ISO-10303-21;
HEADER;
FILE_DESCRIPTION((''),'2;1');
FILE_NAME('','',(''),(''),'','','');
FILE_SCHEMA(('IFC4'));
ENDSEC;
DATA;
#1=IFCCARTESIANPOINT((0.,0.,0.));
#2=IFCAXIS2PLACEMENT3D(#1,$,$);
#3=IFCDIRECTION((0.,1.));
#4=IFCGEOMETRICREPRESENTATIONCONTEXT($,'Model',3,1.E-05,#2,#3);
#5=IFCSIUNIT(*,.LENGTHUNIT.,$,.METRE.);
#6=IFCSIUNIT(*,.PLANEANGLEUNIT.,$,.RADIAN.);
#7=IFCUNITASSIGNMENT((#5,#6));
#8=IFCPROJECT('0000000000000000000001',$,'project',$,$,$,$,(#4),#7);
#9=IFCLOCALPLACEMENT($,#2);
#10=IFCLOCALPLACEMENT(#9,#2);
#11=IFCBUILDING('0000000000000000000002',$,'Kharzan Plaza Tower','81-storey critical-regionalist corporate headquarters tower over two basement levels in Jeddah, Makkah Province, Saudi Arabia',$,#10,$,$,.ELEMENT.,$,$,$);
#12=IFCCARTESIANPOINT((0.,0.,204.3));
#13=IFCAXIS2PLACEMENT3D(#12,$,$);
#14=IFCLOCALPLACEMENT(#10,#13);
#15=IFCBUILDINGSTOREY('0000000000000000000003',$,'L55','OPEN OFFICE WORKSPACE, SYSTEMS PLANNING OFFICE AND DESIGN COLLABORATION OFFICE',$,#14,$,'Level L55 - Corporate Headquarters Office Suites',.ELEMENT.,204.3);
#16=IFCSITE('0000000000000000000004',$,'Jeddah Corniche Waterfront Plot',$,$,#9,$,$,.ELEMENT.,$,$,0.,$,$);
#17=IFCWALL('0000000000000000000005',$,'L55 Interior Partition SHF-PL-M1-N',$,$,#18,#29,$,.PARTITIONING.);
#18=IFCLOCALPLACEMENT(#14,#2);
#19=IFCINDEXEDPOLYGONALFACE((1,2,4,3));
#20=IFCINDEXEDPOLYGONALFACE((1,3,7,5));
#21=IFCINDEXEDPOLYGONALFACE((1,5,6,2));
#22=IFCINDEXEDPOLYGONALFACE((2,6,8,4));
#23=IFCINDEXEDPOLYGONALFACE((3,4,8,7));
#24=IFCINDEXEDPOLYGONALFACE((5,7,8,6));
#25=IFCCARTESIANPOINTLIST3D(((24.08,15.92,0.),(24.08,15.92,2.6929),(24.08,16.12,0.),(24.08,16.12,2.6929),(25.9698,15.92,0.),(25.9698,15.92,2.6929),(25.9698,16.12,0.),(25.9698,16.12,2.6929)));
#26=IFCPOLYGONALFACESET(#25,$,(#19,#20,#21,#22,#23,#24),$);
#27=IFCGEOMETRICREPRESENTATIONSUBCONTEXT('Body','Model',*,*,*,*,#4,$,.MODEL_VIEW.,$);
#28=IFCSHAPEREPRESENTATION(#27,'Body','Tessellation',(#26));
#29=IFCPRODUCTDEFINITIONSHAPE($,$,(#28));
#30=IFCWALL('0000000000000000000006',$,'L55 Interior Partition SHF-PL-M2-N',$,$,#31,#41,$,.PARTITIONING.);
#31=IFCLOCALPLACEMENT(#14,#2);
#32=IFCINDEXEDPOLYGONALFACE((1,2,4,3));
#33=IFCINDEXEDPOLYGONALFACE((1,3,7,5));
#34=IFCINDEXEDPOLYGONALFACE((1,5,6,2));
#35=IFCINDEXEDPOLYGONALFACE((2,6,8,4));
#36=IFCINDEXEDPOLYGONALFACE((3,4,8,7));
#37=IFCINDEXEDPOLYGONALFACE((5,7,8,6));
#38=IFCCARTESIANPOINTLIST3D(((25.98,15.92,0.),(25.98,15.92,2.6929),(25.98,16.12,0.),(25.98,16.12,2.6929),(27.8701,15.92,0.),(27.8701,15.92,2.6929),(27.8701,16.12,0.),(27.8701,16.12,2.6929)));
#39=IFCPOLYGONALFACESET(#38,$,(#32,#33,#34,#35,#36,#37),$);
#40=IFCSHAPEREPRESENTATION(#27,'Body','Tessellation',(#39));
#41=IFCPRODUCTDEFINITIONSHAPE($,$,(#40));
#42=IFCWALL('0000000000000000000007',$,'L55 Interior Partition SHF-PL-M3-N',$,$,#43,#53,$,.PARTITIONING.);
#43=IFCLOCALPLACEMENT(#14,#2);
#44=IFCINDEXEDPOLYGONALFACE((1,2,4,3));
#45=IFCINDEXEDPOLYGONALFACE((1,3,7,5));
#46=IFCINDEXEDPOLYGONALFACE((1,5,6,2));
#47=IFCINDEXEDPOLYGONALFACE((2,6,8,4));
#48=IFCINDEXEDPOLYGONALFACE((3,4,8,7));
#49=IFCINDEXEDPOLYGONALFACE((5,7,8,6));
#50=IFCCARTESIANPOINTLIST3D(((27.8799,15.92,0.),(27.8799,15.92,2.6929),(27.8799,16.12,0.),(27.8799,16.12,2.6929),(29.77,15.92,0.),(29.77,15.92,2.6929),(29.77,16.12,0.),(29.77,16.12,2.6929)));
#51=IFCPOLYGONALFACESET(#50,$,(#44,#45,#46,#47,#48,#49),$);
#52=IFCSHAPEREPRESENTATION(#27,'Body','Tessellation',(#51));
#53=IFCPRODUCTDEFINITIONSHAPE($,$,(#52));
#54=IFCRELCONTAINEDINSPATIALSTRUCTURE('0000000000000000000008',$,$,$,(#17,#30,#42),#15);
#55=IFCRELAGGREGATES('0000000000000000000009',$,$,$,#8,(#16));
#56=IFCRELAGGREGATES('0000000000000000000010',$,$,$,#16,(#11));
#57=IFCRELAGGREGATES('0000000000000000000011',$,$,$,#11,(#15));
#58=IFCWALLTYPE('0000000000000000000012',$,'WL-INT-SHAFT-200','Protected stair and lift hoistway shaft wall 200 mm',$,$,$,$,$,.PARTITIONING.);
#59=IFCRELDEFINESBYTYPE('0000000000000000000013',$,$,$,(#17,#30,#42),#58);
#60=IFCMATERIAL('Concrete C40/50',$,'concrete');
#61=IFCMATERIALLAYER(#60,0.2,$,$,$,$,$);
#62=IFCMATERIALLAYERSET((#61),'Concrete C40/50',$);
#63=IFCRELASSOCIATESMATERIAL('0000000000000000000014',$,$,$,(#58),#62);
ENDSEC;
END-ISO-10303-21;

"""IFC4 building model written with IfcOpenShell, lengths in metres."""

from ifc_helpers import new_model, si_unit, direction, frame, frame_2d, origin, place, context, subcontext, project, spatial, rectangle, extrude, source, transform, mapped, material, layer, layer_set, type_object, element, save


model = new_model("IFC4")

# Units and contexts
model_context = context("Model", 3, precision=1e-05, world=origin(), true_north=direction((0.0, 1.0)))
body_context = subcontext(model_context, "Body", "Model", "MODEL_VIEW")
ifc_project = project(units=[si_unit("LENGTHUNIT", "METRE"), si_unit("PLANEANGLEUNIT", "RADIAN")], contexts=[model_context])

# Site, building, storey
site_placement = place(None, origin())
site = spatial("IfcSite", under=ifc_project, at=site_placement, Name="Jeddah Corniche Waterfront Plot", CompositionType="ELEMENT", RefElevation=0.0)
building_placement = place(site_placement, origin())
building = spatial("IfcBuilding", under=site, at=building_placement, Name="Kharzan Plaza Tower", Description="81-storey critical-regionalist corporate headquarters tower over two basement levels in Jeddah, Makkah Province, Saudi Arabia", CompositionType="ELEMENT")
storey_placement = place(building_placement, frame((0.0, 0.0, 204.3)))
storey = spatial("IfcBuildingStorey", under=building, at=storey_placement, Name="L55", Description="OPEN OFFICE WORKSPACE, SYSTEMS PLANNING OFFICE AND DESIGN COLLABORATION OFFICE", LongName="Level L55 - Corporate Headquarters Office Suites", CompositionType="ELEMENT", Elevation=204.3)

# Shared definitions
ifc_material_1 = material(Name="Concrete C40/50", Category="concrete")

# Walls
ifc_layer_1 = layer(ifc_material_1, 0.2)
ifc_layer_set_1 = layer_set([ifc_layer_1], Name="Concrete C40/50")
wall_type_1 = type_object("IfcWallType", Name="WL-INT-SHAFT-200", Description="Protected stair and lift hoistway shaft wall 200 mm", PredefinedType="PARTITIONING", material=ifc_layer_set_1)
shared_shape_1 = source(origin(), body_context, "Body", "SweptSolid", [
    extrude(rectangle(XDim=1.8899, YDim=0.2, at=frame_2d((0.9448, 0.0))), origin(), (0.0, 0.0, 1.0), 2.6929),
])
wall_1_placement = place(storey_placement, frame((24.0801, 16.02, 0.0), z_axis=(0.0, 0.0, 1.0), x_axis=(1.0, 0.0, 0.0)))
element("IfcWall", 1, at=wall_1_placement, inside=storey, type_object=wall_type_1, Name="L55 Interior Partition SHF-PL-M1-N", PredefinedType="PARTITIONING", context=body_context, shape_type="MappedRepresentation", body=[
    mapped(shared_shape_1, transform((0.0, 0.0, 0.0), x_axis=(1.0, 0.0, 0.0), y_axis=(0.0, 1.0, 0.0), z_axis=(0.0, 0.0, 1.0))),
])
shared_shape_2 = source(origin(), body_context, "Body", "SweptSolid", [
    extrude(rectangle(XDim=1.8901, YDim=0.2, at=frame_2d((0.9451, 0.0))), origin(), (0.0, 0.0, 1.0), 2.6929),
])
for number, where, z_axis, x_axis, name in (
    (2, (25.98, 16.02, 0.0), (0.0, 0.0, 1.0), (1.0, 0.0, 0.0), "L55 Interior Partition SHF-PL-M2-N"),
    (3, (27.8799, 16.02, 0.0), (0.0, 0.0, 1.0), (1.0, 0.0, 0.0), "L55 Interior Partition SHF-PL-M3-N"),
):
    element("IfcWall", number, at=place(storey_placement, frame(where, z_axis=z_axis, x_axis=x_axis)), inside=storey, type_object=wall_type_1, Name=name, PredefinedType="PARTITIONING", context=body_context, shape_type="MappedRepresentation", body=[
        mapped(shared_shape_2, transform((0.0, 0.0, 0.0), x_axis=(1.0, 0.0, 0.0), y_axis=(0.0, 1.0, 0.0), z_axis=(0.0, 0.0, 1.0))),
    ])

save(model, "model.ifc")
